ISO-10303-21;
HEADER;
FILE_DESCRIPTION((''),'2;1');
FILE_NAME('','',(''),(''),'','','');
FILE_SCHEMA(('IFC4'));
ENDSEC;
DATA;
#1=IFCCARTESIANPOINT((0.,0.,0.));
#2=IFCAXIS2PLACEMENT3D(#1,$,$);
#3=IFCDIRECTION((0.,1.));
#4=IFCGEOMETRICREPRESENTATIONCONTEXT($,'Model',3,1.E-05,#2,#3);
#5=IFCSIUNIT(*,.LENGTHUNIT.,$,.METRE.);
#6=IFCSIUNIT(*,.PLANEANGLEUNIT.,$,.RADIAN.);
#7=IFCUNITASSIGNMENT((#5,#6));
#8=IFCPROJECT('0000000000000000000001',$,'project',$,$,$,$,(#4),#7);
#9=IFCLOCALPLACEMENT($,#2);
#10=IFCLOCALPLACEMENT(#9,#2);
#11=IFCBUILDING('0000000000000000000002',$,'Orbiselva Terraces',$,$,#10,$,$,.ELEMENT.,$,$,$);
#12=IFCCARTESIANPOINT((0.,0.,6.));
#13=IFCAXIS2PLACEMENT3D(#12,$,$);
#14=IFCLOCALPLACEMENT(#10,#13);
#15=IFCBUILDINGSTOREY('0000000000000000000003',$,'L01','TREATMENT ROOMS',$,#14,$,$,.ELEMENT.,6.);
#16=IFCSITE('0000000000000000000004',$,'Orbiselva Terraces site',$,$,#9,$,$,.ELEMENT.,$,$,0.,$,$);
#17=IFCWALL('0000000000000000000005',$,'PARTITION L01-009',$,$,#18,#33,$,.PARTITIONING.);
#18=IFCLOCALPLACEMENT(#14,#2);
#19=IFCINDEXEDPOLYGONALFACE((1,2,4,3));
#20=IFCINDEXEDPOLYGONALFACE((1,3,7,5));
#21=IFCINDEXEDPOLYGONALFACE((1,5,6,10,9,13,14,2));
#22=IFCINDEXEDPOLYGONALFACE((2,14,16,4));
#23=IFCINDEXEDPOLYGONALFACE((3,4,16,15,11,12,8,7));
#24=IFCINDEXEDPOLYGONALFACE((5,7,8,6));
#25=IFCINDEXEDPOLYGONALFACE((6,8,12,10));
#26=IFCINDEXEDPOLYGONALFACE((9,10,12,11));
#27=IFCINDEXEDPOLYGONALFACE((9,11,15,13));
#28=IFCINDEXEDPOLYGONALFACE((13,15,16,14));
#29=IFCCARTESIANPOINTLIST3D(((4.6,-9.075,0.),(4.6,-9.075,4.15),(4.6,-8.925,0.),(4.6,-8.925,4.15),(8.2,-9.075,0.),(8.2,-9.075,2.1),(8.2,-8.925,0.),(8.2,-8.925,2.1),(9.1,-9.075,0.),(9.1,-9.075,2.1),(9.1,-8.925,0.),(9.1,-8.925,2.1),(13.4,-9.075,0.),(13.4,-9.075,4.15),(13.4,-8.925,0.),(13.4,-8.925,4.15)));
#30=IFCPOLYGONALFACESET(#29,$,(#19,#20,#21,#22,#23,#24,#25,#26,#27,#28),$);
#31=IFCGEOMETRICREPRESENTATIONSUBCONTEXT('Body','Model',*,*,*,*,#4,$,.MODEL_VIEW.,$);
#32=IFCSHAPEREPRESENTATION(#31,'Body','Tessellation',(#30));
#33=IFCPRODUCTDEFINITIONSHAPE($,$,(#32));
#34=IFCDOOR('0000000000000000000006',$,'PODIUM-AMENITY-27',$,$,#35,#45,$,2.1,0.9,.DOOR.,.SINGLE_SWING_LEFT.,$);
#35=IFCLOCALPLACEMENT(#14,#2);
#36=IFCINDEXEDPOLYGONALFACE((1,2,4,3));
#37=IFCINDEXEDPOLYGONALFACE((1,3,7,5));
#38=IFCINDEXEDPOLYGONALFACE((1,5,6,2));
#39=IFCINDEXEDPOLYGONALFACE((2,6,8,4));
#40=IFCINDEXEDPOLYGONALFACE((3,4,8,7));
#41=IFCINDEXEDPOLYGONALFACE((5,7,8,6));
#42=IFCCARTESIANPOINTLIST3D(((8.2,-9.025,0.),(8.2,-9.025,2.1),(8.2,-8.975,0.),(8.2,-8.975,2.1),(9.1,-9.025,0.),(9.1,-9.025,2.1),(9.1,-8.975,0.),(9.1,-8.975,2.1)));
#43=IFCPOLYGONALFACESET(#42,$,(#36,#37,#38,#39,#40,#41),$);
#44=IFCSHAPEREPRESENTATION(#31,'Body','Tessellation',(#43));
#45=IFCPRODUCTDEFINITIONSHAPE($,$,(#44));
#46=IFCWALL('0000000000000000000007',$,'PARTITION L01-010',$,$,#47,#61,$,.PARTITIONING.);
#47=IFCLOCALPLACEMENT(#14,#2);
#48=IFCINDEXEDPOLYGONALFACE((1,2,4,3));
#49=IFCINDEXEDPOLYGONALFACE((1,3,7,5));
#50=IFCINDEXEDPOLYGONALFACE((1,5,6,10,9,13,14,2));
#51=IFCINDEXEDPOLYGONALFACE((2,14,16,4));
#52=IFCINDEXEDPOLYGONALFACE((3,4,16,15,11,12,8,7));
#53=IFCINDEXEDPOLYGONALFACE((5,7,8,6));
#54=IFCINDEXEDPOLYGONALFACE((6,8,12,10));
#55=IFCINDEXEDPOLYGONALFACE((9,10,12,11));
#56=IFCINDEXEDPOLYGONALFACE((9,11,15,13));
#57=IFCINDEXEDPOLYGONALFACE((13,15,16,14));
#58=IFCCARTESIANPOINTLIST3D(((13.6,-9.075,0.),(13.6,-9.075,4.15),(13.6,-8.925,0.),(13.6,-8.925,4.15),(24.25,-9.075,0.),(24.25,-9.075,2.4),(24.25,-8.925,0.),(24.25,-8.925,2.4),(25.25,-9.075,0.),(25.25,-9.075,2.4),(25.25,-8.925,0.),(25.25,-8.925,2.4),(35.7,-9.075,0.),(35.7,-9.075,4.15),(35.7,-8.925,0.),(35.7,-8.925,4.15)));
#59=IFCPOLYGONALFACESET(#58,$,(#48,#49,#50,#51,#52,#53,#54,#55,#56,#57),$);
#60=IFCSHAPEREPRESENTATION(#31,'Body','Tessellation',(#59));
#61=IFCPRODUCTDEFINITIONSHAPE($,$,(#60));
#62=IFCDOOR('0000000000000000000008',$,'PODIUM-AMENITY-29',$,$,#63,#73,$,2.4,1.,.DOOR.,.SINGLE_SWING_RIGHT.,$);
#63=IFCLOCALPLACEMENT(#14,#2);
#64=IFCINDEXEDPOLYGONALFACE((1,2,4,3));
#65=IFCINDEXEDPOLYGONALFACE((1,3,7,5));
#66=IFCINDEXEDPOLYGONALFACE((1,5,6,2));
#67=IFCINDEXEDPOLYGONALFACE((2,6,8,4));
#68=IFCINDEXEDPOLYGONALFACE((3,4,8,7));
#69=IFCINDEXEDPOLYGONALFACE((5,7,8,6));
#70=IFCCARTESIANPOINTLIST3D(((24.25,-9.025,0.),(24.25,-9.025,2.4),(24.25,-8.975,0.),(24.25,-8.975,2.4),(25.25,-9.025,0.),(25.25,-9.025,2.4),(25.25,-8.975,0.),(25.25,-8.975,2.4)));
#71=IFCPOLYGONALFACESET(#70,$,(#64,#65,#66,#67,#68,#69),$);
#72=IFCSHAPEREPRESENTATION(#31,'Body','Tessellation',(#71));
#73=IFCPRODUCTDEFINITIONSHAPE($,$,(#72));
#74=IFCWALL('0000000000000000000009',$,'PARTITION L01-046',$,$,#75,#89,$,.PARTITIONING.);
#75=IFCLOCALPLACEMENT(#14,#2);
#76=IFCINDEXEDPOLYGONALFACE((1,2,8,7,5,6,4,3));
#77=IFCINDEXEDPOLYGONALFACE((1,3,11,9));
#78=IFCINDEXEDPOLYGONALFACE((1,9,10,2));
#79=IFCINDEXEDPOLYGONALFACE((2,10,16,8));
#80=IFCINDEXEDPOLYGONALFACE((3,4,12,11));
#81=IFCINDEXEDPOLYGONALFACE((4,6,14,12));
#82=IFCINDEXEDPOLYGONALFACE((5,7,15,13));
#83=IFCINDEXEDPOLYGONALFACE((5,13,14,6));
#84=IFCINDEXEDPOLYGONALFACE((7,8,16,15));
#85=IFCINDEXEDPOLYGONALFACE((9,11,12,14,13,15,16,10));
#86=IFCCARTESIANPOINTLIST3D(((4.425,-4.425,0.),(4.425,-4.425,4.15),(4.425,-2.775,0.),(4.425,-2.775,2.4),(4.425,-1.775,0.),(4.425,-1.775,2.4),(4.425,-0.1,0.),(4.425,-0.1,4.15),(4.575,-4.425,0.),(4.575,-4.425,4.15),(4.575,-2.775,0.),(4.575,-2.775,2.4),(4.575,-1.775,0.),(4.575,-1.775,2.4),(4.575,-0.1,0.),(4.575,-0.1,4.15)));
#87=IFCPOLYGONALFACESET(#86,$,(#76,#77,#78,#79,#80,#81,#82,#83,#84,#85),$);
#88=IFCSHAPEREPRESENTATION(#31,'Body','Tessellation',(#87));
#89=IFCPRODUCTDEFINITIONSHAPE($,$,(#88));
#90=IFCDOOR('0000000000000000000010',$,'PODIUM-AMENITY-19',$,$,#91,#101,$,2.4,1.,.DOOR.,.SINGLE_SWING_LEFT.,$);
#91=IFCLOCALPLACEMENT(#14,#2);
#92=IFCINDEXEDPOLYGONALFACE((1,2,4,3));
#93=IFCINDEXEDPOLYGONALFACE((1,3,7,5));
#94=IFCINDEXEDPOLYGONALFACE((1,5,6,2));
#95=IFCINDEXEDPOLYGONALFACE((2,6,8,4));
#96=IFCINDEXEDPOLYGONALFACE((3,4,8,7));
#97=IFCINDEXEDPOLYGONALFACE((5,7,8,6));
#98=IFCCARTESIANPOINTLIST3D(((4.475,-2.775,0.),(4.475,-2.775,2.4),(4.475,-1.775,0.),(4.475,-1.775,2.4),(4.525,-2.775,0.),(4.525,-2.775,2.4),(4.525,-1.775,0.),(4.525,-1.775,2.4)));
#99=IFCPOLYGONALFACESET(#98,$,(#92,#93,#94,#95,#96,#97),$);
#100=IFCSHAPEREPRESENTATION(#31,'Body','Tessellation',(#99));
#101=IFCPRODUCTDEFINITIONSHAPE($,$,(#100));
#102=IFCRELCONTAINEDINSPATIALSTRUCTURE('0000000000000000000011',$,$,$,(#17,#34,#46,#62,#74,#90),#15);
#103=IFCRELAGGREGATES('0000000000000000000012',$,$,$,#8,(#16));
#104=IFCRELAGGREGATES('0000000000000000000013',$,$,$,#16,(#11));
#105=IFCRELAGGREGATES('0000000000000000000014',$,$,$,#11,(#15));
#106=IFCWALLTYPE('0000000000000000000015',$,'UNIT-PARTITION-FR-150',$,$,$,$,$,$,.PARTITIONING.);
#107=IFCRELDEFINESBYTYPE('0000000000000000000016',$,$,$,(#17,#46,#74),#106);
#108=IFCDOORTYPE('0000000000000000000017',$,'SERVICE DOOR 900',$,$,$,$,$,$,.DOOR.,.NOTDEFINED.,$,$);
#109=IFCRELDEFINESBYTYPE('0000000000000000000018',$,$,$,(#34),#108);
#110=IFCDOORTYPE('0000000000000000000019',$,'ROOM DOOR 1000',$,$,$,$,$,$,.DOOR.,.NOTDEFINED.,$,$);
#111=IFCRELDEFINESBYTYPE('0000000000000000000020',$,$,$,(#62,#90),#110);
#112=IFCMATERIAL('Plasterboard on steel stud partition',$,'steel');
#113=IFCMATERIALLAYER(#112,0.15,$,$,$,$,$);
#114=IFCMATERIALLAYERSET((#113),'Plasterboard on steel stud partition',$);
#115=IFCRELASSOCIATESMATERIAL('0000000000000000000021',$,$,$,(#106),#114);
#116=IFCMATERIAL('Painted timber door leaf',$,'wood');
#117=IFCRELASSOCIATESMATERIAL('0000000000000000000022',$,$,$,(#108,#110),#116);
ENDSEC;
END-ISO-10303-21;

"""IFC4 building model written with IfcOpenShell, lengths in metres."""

from ifc_helpers import new_model, si_unit, direction, frame, frame_2d, origin, place, context, subcontext, project, spatial, rectangle, extrude, material, layer, layer_set, type_object, element, fill, save


model = new_model("IFC4")

# Units and contexts
model_context = context("Model", 3, precision=1e-05, world=origin(), true_north=direction((0.0, 1.0)))
body_context = subcontext(model_context, "Body", "Model", "MODEL_VIEW")
ifc_project = project(units=[si_unit("LENGTHUNIT", "METRE"), si_unit("PLANEANGLEUNIT", "RADIAN")], contexts=[model_context])

# Site, building, storey
site_placement = place(None, origin())
site = spatial("IfcSite", under=ifc_project, at=site_placement, Name="Orbiselva Terraces site", CompositionType="ELEMENT", RefElevation=0.0)
building_placement = place(site_placement, origin())
building = spatial("IfcBuilding", under=site, at=building_placement, Name="Orbiselva Terraces", CompositionType="ELEMENT")
storey_placement = place(building_placement, frame((0.0, 0.0, 6.0)))
storey = spatial("IfcBuildingStorey", under=building, at=storey_placement, Name="L01", Description="TREATMENT ROOMS", CompositionType="ELEMENT", Elevation=6.0)

# Shared definitions
ifc_material_1 = material(Name="Plasterboard on steel stud partition", Category="steel")
ifc_material_2 = material(Name="Painted timber door leaf", Category="wood")

# Walls, openings, doors
ifc_layer_1 = layer(ifc_material_1, 0.15)
ifc_layer_set_1 = layer_set([ifc_layer_1], Name="Plasterboard on steel stud partition")
wall_type_1 = type_object("IfcWallType", Name="UNIT-PARTITION-FR-150", PredefinedType="PARTITIONING", material=ifc_layer_set_1)
wall_1_placement = place(storey_placement, frame((13.4, -9.0, 0.0), z_axis=(0.0, 0.0, 1.0), x_axis=(-1.0, 0.0, 0.0)))
wall_1 = element("IfcWall", 1, at=wall_1_placement, inside=storey, type_object=wall_type_1, Name="PARTITION L01-009", PredefinedType="PARTITIONING", context=body_context, shape_type="SweptSolid", body=[
    extrude(rectangle(XDim=8.8, YDim=0.15, at=frame_2d((4.4, 0.0))), origin(), (0.0, 0.0, 1.0), 4.15),
])
opening_1_placement = place(wall_1_placement, frame((4.3, 0.0, 0.0)))
opening_1 = element("IfcOpeningElement", 2, at=opening_1_placement, cuts=wall_1, PredefinedType="OPENING", context=body_context, shape_type="SweptSolid", body=[
    extrude(rectangle(XDim=0.9, YDim=2.1, at=frame_2d((0.45, 1.05))), frame((0.0, 0.085, 0.0), z_axis=(0.0, -1.0, 0.0), x_axis=(1.0, 0.0, 0.0)), (0.0, 0.0, 1.0), 0.17),
])
door_type_1 = type_object("IfcDoorType", Name="SERVICE DOOR 900", OperationType="NOTDEFINED", PredefinedType="DOOR", material=ifc_material_2)
door_1_placement = place(opening_1_placement, origin())
door_1 = element("IfcDoor", 3, at=door_1_placement, inside=storey, type_object=door_type_1, Name="PODIUM-AMENITY-27", OperationType="SINGLE_SWING_LEFT", OverallHeight=2.1, OverallWidth=0.9, PredefinedType="DOOR", context=body_context, shape_type="SweptSolid", body=[
    extrude(rectangle(XDim=0.9, YDim=2.1, at=frame_2d((0.45, 1.05))), frame((0.0, 0.025, 0.0), z_axis=(0.0, -1.0, 0.0), x_axis=(1.0, 0.0, 0.0)), (0.0, 0.0, 1.0), 0.05),
])
fill(opening_1, door_1)
wall_2_placement = place(storey_placement, frame((13.6, -9.0, 0.0), z_axis=(0.0, 0.0, 1.0), x_axis=(1.0, 0.0, 0.0)))
wall_2 = element("IfcWall", 4, at=wall_2_placement, inside=storey, type_object=wall_type_1, Name="PARTITION L01-010", PredefinedType="PARTITIONING", context=body_context, shape_type="SweptSolid", body=[
    extrude(rectangle(XDim=22.1, YDim=0.15, at=frame_2d((11.05, 0.0))), origin(), (0.0, 0.0, 1.0), 4.15),
])
opening_2_placement = place(wall_2_placement, frame((10.65, 0.0, 0.0)))
opening_2 = element("IfcOpeningElement", 5, at=opening_2_placement, cuts=wall_2, PredefinedType="OPENING", context=body_context, shape_type="SweptSolid", body=[
    extrude(rectangle(XDim=1.0, YDim=2.4, at=frame_2d((0.5, 1.2))), frame((0.0, 0.085, 0.0), z_axis=(0.0, -1.0, 0.0), x_axis=(1.0, 0.0, 0.0)), (0.0, 0.0, 1.0), 0.17),
])
door_type_2 = type_object("IfcDoorType", Name="ROOM DOOR 1000", OperationType="NOTDEFINED", PredefinedType="DOOR", material=ifc_material_2)
door_2_placement = place(opening_2_placement, origin())
door_2 = element("IfcDoor", 6, at=door_2_placement, inside=storey, type_object=door_type_2, Name="PODIUM-AMENITY-29", OperationType="SINGLE_SWING_RIGHT", OverallHeight=2.4, OverallWidth=1.0, PredefinedType="DOOR", context=body_context, shape_type="SweptSolid", body=[
    extrude(rectangle(XDim=1.0, YDim=2.4, at=frame_2d((0.5, 1.2))), frame((0.0, 0.025, 0.0), z_axis=(0.0, -1.0, 0.0), x_axis=(1.0, 0.0, 0.0)), (0.0, 0.0, 1.0), 0.05),
])
fill(opening_2, door_2)
wall_3_placement = place(storey_placement, frame((4.5, -4.425, 0.0), z_axis=(0.0, 0.0, 1.0), x_axis=(0.0, 1.0, 0.0)))
wall_3 = element("IfcWall", 7, at=wall_3_placement, inside=storey, type_object=wall_type_1, Name="PARTITION L01-046", PredefinedType="PARTITIONING", context=body_context, shape_type="SweptSolid", body=[
    extrude(rectangle(XDim=4.325, YDim=0.15, at=frame_2d((2.1625, 0.0))), origin(), (0.0, 0.0, 1.0), 4.15),
])
opening_3_placement = place(wall_3_placement, frame((1.65, 0.0, 0.0)))
opening_3 = element("IfcOpeningElement", 8, at=opening_3_placement, cuts=wall_3, PredefinedType="OPENING", context=body_context, shape_type="SweptSolid", body=[
    extrude(rectangle(XDim=1.0, YDim=2.4, at=frame_2d((0.5, 1.2))), frame((0.0, 0.085, 0.0), z_axis=(0.0, -1.0, 0.0), x_axis=(1.0, 0.0, 0.0)), (0.0, 0.0, 1.0), 0.17),
])
door_3_placement = place(opening_3_placement, origin())
door_3 = element("IfcDoor", 9, at=door_3_placement, inside=storey, type_object=door_type_2, Name="PODIUM-AMENITY-19", OperationType="SINGLE_SWING_LEFT", OverallHeight=2.4, OverallWidth=1.0, PredefinedType="DOOR", context=body_context, shape_type="SweptSolid", body=[
    extrude(rectangle(XDim=1.0, YDim=2.4, at=frame_2d((0.5, 1.2))), frame((0.0, 0.025, 0.0), z_axis=(0.0, -1.0, 0.0), x_axis=(1.0, 0.0, 0.0)), (0.0, 0.0, 1.0), 0.05),
])
fill(opening_3, door_3)

save(model, "model.ifc")
